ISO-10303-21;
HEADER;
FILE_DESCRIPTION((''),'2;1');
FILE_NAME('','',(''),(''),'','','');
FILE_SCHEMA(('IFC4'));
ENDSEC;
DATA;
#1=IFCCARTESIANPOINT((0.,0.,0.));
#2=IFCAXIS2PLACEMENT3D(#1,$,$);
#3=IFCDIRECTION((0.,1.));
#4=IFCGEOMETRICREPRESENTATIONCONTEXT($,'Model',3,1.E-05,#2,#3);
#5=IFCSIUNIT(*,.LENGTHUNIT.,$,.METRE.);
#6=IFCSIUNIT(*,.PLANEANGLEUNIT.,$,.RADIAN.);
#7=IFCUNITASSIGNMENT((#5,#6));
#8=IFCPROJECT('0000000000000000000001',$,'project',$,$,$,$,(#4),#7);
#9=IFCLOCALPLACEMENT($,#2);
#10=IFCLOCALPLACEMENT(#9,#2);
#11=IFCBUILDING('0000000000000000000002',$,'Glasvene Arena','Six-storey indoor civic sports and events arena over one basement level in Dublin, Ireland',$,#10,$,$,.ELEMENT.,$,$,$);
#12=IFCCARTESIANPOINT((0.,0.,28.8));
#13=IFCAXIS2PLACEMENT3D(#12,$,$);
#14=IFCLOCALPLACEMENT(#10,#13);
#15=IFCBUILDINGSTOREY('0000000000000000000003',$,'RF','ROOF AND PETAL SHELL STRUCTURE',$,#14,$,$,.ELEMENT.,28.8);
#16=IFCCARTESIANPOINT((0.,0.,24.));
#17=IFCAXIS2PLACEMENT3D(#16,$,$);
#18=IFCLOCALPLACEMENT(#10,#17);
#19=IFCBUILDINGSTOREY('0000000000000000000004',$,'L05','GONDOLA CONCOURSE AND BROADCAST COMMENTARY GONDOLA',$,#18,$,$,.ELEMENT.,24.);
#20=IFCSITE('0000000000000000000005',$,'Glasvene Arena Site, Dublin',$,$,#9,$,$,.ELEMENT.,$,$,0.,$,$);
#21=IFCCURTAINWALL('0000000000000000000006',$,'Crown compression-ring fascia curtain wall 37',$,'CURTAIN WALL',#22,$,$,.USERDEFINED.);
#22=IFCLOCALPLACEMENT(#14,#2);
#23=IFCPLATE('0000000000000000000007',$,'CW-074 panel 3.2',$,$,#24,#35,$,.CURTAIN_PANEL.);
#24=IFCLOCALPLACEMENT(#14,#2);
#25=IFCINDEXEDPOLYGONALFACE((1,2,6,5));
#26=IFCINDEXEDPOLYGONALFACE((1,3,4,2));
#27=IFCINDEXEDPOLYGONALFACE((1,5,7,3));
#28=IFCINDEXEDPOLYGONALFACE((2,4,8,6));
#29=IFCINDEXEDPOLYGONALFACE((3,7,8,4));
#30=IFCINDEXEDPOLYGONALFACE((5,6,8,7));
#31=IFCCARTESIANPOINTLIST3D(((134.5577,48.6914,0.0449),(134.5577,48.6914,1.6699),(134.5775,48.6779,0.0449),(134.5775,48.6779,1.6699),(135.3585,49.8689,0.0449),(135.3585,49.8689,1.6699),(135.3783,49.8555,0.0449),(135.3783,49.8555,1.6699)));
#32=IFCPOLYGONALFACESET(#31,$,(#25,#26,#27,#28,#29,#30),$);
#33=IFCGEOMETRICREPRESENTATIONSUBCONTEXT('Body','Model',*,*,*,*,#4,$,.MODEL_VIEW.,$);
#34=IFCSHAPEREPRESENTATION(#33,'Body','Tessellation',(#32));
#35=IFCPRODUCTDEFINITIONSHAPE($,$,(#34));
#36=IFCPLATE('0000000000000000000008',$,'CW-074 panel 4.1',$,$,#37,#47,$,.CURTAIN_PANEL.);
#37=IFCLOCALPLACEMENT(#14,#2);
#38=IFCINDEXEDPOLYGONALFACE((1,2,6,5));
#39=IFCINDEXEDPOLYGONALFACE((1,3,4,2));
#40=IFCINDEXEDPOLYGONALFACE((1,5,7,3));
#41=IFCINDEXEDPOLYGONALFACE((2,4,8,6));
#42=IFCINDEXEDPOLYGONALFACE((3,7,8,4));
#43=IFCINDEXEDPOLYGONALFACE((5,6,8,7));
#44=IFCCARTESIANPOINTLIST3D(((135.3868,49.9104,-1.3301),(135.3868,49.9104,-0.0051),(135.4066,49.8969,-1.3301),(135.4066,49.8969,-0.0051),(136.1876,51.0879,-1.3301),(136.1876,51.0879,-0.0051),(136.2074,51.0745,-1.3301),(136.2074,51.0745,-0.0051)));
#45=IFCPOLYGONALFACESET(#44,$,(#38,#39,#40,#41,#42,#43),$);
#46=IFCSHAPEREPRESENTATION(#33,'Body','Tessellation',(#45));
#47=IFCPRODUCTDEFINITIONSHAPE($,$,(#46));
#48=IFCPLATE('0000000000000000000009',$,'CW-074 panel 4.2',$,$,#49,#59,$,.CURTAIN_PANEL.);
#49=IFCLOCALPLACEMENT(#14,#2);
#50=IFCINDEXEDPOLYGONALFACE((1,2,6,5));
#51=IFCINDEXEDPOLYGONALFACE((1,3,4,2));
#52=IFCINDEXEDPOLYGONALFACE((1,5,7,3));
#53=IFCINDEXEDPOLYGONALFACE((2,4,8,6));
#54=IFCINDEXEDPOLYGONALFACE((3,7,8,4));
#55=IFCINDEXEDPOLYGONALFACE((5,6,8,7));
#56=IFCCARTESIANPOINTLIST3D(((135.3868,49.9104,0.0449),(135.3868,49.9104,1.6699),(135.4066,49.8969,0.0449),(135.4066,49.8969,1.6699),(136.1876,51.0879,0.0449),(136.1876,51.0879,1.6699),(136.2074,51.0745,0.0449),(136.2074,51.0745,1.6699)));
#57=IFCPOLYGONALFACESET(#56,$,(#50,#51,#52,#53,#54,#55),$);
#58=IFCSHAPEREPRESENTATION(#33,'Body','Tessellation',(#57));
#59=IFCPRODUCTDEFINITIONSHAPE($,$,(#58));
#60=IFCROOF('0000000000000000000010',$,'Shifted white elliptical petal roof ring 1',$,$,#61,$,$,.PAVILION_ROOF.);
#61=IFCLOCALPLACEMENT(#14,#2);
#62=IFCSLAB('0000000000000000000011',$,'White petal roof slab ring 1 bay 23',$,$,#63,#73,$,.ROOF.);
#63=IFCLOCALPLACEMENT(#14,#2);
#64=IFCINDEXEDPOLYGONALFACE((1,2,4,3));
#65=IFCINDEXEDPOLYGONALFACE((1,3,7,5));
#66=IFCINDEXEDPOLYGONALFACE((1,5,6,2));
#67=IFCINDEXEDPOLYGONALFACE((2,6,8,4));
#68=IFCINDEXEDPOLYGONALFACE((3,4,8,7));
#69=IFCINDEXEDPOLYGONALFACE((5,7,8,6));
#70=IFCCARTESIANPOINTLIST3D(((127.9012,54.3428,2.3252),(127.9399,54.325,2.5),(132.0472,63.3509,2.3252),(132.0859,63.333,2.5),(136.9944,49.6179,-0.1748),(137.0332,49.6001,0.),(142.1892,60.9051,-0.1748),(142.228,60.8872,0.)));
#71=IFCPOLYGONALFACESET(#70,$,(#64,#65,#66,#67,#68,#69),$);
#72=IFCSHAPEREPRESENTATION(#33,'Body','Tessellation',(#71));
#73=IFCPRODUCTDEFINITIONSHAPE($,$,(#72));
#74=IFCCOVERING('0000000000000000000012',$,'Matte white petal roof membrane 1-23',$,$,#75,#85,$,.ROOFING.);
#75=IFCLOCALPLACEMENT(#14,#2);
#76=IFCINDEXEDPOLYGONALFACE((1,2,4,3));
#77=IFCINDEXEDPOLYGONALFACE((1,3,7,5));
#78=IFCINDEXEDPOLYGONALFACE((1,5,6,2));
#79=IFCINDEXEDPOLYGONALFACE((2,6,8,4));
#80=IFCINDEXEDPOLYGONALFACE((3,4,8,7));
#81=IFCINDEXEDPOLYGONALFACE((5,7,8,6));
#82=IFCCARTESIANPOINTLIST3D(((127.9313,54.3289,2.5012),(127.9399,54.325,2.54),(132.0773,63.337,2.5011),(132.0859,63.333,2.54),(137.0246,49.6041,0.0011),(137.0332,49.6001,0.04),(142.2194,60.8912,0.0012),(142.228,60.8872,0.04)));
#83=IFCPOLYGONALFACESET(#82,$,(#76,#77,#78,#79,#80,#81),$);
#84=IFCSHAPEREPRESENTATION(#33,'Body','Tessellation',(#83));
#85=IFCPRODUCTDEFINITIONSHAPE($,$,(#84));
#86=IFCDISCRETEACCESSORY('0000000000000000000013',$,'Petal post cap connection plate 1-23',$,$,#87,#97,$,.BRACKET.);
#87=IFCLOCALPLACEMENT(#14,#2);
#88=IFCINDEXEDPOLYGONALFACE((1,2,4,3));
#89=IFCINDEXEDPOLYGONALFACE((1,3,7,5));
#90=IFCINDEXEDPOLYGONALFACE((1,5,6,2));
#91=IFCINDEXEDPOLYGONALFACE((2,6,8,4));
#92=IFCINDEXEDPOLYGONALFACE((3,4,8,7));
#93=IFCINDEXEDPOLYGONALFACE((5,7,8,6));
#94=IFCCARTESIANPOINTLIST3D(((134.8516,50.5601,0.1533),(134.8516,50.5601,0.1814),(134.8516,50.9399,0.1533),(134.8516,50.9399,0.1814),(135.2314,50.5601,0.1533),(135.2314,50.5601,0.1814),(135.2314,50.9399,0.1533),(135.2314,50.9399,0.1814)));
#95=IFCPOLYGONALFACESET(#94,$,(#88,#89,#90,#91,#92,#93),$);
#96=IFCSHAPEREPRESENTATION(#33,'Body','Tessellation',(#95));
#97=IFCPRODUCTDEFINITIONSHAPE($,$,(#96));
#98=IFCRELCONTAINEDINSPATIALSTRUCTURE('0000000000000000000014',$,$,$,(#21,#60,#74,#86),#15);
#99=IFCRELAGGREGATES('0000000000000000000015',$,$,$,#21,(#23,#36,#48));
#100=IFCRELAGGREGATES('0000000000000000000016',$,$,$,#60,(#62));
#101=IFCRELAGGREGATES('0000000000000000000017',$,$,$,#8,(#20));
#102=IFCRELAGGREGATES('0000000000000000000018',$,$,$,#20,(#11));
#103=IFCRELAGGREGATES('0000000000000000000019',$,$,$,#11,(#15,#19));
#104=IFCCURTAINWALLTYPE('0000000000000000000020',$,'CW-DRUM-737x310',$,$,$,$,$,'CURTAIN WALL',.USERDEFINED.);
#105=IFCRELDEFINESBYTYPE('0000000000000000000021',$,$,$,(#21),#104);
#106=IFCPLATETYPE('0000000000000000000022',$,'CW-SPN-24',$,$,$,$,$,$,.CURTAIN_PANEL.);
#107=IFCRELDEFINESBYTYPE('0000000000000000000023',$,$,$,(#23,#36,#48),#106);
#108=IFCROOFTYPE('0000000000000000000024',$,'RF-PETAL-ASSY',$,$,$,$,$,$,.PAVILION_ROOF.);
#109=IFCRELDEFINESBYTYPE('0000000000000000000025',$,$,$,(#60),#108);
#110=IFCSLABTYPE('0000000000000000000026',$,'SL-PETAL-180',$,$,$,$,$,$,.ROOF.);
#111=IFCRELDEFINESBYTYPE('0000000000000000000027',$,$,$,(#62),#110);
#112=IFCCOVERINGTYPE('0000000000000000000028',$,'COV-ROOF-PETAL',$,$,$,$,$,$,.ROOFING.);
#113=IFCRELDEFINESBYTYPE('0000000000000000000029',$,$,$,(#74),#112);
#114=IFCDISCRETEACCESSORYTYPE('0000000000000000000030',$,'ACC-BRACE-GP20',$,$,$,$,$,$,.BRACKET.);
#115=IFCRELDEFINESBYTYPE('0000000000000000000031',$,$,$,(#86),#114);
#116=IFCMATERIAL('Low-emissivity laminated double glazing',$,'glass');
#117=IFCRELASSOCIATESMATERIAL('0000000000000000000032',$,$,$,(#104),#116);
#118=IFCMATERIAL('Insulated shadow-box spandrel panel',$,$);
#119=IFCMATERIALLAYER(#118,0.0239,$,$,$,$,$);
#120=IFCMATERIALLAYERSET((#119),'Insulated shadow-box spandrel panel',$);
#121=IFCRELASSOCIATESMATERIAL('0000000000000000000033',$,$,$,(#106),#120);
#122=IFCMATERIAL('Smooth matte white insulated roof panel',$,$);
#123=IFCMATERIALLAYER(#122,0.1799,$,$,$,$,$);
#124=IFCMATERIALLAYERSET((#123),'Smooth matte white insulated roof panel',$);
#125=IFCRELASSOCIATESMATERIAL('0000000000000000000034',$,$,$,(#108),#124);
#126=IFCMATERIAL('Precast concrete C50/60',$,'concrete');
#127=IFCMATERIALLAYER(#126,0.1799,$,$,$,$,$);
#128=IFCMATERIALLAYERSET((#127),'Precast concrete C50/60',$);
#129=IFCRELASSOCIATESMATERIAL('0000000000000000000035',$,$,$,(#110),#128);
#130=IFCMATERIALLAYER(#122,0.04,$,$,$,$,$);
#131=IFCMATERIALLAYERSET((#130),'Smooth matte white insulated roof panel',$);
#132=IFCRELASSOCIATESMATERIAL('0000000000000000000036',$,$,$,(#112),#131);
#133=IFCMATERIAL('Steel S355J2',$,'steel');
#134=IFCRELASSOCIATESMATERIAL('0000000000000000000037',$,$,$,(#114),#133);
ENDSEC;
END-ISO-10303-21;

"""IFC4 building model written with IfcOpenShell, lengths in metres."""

from ifc_helpers import new_model, si_unit, direction, frame, origin, origin_2d, place, context, subcontext, project, spatial, polyline, rectangle, outline, extrude, material, layer, layer_set, type_object, element, aggregate, save


model = new_model("IFC4")

# Units and contexts
model_context = context("Model", 3, precision=1e-05, world=origin(), true_north=direction((0.0, 1.0)))
body_context = subcontext(model_context, "Body", "Model", "MODEL_VIEW")
ifc_project = project(units=[si_unit("LENGTHUNIT", "METRE"), si_unit("PLANEANGLEUNIT", "RADIAN")], contexts=[model_context])

# Site, building, storey
site_placement = place(None, origin())
site = spatial("IfcSite", under=ifc_project, at=site_placement, Name="Glasvene Arena Site, Dublin", CompositionType="ELEMENT", RefElevation=0.0)
building_placement = place(site_placement, origin())
building = spatial("IfcBuilding", under=site, at=building_placement, Name="Glasvene Arena", Description="Six-storey indoor civic sports and events arena over one basement level in Dublin, Ireland", CompositionType="ELEMENT")
storey_1_placement = place(building_placement, frame((0.0, 0.0, 28.8)))
storey_1 = spatial("IfcBuildingStorey", under=building, at=storey_1_placement, Name="RF", Description="ROOF AND PETAL SHELL STRUCTURE", CompositionType="ELEMENT", Elevation=28.8)

# Curtain wall
ifc_material_1 = material(Name="Low-emissivity laminated double glazing", Category="glass")
curtain_wall_type = type_object("IfcCurtainWallType", Name="CW-DRUM-737x310", ElementType="CURTAIN WALL", PredefinedType="USERDEFINED", material=ifc_material_1)
curtain_wall_placement = place(storey_1_placement, frame((132.8958, 46.2263, 0.0)))
curtain_wall = element("IfcCurtainWall", 1, at=curtain_wall_placement, inside=storey_1, type_object=curtain_wall_type, Name="Crown compression-ring fascia curtain wall 37", ObjectType="CURTAIN WALL", PredefinedType="USERDEFINED")

# Shared definitions
ifc_material_2 = material(Name="Steel S355J2", Category="steel")

# Plates
ifc_material_3 = material(Name="Insulated shadow-box spandrel panel")
ifc_layer_1 = layer(ifc_material_3, 0.0239)
ifc_layer_set_1 = layer_set([ifc_layer_1], Name="Insulated shadow-box spandrel panel")
plate_type = type_object("IfcPlateType", Name="CW-SPN-24", PredefinedType="CURTAIN_PANEL", material=ifc_layer_set_1)
plate_1_placement = place(storey_1_placement, frame((134.968, 49.2734, 0.0449), z_axis=(0.0, 0.0, 1.0), x_axis=(0.562354, 0.826896, 0.0)))
plate_1 = element("IfcPlate", 2, at=plate_1_placement, type_object=plate_type, Name="CW-074 panel 3.2", PredefinedType="CURTAIN_PANEL", context=body_context, shape_type="SweptSolid", body=[
    extrude(rectangle(XDim=1.4241, YDim=0.0239, at=origin_2d()), origin(), (0.0, 0.0, 1.0), 1.625),
])
plate_2_placement = place(storey_1_placement, frame((135.7971, 50.4924, -1.3301), z_axis=(0.0, 0.0, 1.0), x_axis=(0.562354, 0.826896, 0.0)))
plate_2 = element("IfcPlate", 3, at=plate_2_placement, type_object=plate_type, Name="CW-074 panel 4.1", PredefinedType="CURTAIN_PANEL", context=body_context, shape_type="SweptSolid", body=[
    extrude(rectangle(XDim=1.4241, YDim=0.0239, at=origin_2d()), origin(), (0.0, 0.0, 1.0), 1.325),
])
plate_3_placement = place(storey_1_placement, frame((135.7971, 50.4924, 0.0449), z_axis=(0.0, 0.0, 1.0), x_axis=(0.562354, 0.826896, 0.0)))
plate_3 = element("IfcPlate", 4, at=plate_3_placement, type_object=plate_type, Name="CW-074 panel 4.2", PredefinedType="CURTAIN_PANEL", context=body_context, shape_type="SweptSolid", body=[
    extrude(rectangle(XDim=1.4241, YDim=0.0239, at=origin_2d()), origin(), (0.0, 0.0, 1.0), 1.625),
])
aggregate(curtain_wall, [plate_1, plate_2, plate_3])

# Roof, slab
ifc_material_4 = material(Name="Smooth matte white insulated roof panel")
ifc_layer_2 = layer(ifc_material_4, 0.1799)
ifc_layer_set_2 = layer_set([ifc_layer_2], Name="Smooth matte white insulated roof panel")
roof_type = type_object("IfcRoofType", Name="RF-PETAL-ASSY", PredefinedType="PAVILION_ROOF", material=ifc_layer_set_2)
roof_placement = place(storey_1_placement, frame((92.0, 73.0, 0.0)))
roof = element("IfcRoof", 5, at=roof_placement, inside=storey_1, type_object=roof_type, Name="Shifted white elliptical petal roof ring 1", PredefinedType="PAVILION_ROOF")
ifc_material_5 = material(Name="Precast concrete C50/60", Category="concrete")
ifc_layer_3 = layer(ifc_material_5, 0.1799)
ifc_layer_set_3 = layer_set([ifc_layer_3], Name="Precast concrete C50/60")
slab_type = type_object("IfcSlabType", Name="SL-PETAL-180", PredefinedType="ROOF", material=ifc_layer_set_3)
slab_1_placement = place(storey_1_placement, frame((137.0332, 49.6001, 0.0), z_axis=(0.215535, -0.0992, 0.971444), x_axis=(0.418089, 0.908406, 0.000001)))
slab_1 = element("IfcSlab", 6, at=slab_1_placement, type_object=slab_type, Name="White petal roof slab ring 1 bay 23", PredefinedType="ROOF", context=body_context, shape_type="SweptSolid", body=[
    extrude(outline(polyline([(0.0, 0.0), (12.4252, 0.0), (10.4067, 10.5366), (0.4903, 10.5367), (0.0, 0.0)])), origin(), (0.0, 0.0, -1.0), 0.1799),
])
aggregate(roof, [slab_1])

# Shared definitions
storey_2_placement = place(building_placement, frame((0.0, 0.0, 24.0)))
storey_2 = spatial("IfcBuildingStorey", under=building, at=storey_2_placement, Name="L05", Description="GONDOLA CONCOURSE AND BROADCAST COMMENTARY GONDOLA", CompositionType="ELEMENT", Elevation=24.0)

# Covering
ifc_layer_4 = layer(ifc_material_4, 0.04)
ifc_layer_set_4 = layer_set([ifc_layer_4], Name="Smooth matte white insulated roof panel")
covering_type = type_object("IfcCoveringType", Name="COV-ROOF-PETAL", PredefinedType="ROOFING", material=ifc_layer_set_4)
covering_placement = place(storey_1_placement, frame((137.0332, 49.6001, 0.04), z_axis=(0.215535, -0.0992, 0.971444), x_axis=(0.418089, 0.908406, 0.000001)))
element("IfcCovering", 7, at=covering_placement, inside=storey_1, type_object=covering_type, Name="Matte white petal roof membrane 1-23", PredefinedType="ROOFING", context=body_context, shape_type="SweptSolid", body=[
    extrude(outline(polyline([(0.0, 0.0), (12.4252, 0.0), (10.4067, 10.5366), (0.4903, 10.5367), (0.0, 0.0)])), origin(), (0.0, 0.0, -1.0), 0.04),
])

# Discrete accessory
discrete_accessory_type = type_object("IfcDiscreteAccessoryType", Name="ACC-BRACE-GP20", PredefinedType="BRACKET", material=ifc_material_2)
discrete_accessory_placement = place(storey_1_placement, frame((135.0415, 50.75, 0.1533), z_axis=(0.0, 0.0, 1.0), x_axis=(1.0, 0.0, 0.0)))
element("IfcDiscreteAccessory", 8, at=discrete_accessory_placement, inside=storey_1, type_object=discrete_accessory_type, Name="Petal post cap connection plate 1-23", PredefinedType="BRACKET", context=body_context, shape_type="SweptSolid", body=[
    extrude(rectangle(XDim=0.3799, YDim=0.3799, at=origin_2d()), origin(), (0.0, 0.0, 1.0), 0.0281),
])

save(model, "model.ifc")
